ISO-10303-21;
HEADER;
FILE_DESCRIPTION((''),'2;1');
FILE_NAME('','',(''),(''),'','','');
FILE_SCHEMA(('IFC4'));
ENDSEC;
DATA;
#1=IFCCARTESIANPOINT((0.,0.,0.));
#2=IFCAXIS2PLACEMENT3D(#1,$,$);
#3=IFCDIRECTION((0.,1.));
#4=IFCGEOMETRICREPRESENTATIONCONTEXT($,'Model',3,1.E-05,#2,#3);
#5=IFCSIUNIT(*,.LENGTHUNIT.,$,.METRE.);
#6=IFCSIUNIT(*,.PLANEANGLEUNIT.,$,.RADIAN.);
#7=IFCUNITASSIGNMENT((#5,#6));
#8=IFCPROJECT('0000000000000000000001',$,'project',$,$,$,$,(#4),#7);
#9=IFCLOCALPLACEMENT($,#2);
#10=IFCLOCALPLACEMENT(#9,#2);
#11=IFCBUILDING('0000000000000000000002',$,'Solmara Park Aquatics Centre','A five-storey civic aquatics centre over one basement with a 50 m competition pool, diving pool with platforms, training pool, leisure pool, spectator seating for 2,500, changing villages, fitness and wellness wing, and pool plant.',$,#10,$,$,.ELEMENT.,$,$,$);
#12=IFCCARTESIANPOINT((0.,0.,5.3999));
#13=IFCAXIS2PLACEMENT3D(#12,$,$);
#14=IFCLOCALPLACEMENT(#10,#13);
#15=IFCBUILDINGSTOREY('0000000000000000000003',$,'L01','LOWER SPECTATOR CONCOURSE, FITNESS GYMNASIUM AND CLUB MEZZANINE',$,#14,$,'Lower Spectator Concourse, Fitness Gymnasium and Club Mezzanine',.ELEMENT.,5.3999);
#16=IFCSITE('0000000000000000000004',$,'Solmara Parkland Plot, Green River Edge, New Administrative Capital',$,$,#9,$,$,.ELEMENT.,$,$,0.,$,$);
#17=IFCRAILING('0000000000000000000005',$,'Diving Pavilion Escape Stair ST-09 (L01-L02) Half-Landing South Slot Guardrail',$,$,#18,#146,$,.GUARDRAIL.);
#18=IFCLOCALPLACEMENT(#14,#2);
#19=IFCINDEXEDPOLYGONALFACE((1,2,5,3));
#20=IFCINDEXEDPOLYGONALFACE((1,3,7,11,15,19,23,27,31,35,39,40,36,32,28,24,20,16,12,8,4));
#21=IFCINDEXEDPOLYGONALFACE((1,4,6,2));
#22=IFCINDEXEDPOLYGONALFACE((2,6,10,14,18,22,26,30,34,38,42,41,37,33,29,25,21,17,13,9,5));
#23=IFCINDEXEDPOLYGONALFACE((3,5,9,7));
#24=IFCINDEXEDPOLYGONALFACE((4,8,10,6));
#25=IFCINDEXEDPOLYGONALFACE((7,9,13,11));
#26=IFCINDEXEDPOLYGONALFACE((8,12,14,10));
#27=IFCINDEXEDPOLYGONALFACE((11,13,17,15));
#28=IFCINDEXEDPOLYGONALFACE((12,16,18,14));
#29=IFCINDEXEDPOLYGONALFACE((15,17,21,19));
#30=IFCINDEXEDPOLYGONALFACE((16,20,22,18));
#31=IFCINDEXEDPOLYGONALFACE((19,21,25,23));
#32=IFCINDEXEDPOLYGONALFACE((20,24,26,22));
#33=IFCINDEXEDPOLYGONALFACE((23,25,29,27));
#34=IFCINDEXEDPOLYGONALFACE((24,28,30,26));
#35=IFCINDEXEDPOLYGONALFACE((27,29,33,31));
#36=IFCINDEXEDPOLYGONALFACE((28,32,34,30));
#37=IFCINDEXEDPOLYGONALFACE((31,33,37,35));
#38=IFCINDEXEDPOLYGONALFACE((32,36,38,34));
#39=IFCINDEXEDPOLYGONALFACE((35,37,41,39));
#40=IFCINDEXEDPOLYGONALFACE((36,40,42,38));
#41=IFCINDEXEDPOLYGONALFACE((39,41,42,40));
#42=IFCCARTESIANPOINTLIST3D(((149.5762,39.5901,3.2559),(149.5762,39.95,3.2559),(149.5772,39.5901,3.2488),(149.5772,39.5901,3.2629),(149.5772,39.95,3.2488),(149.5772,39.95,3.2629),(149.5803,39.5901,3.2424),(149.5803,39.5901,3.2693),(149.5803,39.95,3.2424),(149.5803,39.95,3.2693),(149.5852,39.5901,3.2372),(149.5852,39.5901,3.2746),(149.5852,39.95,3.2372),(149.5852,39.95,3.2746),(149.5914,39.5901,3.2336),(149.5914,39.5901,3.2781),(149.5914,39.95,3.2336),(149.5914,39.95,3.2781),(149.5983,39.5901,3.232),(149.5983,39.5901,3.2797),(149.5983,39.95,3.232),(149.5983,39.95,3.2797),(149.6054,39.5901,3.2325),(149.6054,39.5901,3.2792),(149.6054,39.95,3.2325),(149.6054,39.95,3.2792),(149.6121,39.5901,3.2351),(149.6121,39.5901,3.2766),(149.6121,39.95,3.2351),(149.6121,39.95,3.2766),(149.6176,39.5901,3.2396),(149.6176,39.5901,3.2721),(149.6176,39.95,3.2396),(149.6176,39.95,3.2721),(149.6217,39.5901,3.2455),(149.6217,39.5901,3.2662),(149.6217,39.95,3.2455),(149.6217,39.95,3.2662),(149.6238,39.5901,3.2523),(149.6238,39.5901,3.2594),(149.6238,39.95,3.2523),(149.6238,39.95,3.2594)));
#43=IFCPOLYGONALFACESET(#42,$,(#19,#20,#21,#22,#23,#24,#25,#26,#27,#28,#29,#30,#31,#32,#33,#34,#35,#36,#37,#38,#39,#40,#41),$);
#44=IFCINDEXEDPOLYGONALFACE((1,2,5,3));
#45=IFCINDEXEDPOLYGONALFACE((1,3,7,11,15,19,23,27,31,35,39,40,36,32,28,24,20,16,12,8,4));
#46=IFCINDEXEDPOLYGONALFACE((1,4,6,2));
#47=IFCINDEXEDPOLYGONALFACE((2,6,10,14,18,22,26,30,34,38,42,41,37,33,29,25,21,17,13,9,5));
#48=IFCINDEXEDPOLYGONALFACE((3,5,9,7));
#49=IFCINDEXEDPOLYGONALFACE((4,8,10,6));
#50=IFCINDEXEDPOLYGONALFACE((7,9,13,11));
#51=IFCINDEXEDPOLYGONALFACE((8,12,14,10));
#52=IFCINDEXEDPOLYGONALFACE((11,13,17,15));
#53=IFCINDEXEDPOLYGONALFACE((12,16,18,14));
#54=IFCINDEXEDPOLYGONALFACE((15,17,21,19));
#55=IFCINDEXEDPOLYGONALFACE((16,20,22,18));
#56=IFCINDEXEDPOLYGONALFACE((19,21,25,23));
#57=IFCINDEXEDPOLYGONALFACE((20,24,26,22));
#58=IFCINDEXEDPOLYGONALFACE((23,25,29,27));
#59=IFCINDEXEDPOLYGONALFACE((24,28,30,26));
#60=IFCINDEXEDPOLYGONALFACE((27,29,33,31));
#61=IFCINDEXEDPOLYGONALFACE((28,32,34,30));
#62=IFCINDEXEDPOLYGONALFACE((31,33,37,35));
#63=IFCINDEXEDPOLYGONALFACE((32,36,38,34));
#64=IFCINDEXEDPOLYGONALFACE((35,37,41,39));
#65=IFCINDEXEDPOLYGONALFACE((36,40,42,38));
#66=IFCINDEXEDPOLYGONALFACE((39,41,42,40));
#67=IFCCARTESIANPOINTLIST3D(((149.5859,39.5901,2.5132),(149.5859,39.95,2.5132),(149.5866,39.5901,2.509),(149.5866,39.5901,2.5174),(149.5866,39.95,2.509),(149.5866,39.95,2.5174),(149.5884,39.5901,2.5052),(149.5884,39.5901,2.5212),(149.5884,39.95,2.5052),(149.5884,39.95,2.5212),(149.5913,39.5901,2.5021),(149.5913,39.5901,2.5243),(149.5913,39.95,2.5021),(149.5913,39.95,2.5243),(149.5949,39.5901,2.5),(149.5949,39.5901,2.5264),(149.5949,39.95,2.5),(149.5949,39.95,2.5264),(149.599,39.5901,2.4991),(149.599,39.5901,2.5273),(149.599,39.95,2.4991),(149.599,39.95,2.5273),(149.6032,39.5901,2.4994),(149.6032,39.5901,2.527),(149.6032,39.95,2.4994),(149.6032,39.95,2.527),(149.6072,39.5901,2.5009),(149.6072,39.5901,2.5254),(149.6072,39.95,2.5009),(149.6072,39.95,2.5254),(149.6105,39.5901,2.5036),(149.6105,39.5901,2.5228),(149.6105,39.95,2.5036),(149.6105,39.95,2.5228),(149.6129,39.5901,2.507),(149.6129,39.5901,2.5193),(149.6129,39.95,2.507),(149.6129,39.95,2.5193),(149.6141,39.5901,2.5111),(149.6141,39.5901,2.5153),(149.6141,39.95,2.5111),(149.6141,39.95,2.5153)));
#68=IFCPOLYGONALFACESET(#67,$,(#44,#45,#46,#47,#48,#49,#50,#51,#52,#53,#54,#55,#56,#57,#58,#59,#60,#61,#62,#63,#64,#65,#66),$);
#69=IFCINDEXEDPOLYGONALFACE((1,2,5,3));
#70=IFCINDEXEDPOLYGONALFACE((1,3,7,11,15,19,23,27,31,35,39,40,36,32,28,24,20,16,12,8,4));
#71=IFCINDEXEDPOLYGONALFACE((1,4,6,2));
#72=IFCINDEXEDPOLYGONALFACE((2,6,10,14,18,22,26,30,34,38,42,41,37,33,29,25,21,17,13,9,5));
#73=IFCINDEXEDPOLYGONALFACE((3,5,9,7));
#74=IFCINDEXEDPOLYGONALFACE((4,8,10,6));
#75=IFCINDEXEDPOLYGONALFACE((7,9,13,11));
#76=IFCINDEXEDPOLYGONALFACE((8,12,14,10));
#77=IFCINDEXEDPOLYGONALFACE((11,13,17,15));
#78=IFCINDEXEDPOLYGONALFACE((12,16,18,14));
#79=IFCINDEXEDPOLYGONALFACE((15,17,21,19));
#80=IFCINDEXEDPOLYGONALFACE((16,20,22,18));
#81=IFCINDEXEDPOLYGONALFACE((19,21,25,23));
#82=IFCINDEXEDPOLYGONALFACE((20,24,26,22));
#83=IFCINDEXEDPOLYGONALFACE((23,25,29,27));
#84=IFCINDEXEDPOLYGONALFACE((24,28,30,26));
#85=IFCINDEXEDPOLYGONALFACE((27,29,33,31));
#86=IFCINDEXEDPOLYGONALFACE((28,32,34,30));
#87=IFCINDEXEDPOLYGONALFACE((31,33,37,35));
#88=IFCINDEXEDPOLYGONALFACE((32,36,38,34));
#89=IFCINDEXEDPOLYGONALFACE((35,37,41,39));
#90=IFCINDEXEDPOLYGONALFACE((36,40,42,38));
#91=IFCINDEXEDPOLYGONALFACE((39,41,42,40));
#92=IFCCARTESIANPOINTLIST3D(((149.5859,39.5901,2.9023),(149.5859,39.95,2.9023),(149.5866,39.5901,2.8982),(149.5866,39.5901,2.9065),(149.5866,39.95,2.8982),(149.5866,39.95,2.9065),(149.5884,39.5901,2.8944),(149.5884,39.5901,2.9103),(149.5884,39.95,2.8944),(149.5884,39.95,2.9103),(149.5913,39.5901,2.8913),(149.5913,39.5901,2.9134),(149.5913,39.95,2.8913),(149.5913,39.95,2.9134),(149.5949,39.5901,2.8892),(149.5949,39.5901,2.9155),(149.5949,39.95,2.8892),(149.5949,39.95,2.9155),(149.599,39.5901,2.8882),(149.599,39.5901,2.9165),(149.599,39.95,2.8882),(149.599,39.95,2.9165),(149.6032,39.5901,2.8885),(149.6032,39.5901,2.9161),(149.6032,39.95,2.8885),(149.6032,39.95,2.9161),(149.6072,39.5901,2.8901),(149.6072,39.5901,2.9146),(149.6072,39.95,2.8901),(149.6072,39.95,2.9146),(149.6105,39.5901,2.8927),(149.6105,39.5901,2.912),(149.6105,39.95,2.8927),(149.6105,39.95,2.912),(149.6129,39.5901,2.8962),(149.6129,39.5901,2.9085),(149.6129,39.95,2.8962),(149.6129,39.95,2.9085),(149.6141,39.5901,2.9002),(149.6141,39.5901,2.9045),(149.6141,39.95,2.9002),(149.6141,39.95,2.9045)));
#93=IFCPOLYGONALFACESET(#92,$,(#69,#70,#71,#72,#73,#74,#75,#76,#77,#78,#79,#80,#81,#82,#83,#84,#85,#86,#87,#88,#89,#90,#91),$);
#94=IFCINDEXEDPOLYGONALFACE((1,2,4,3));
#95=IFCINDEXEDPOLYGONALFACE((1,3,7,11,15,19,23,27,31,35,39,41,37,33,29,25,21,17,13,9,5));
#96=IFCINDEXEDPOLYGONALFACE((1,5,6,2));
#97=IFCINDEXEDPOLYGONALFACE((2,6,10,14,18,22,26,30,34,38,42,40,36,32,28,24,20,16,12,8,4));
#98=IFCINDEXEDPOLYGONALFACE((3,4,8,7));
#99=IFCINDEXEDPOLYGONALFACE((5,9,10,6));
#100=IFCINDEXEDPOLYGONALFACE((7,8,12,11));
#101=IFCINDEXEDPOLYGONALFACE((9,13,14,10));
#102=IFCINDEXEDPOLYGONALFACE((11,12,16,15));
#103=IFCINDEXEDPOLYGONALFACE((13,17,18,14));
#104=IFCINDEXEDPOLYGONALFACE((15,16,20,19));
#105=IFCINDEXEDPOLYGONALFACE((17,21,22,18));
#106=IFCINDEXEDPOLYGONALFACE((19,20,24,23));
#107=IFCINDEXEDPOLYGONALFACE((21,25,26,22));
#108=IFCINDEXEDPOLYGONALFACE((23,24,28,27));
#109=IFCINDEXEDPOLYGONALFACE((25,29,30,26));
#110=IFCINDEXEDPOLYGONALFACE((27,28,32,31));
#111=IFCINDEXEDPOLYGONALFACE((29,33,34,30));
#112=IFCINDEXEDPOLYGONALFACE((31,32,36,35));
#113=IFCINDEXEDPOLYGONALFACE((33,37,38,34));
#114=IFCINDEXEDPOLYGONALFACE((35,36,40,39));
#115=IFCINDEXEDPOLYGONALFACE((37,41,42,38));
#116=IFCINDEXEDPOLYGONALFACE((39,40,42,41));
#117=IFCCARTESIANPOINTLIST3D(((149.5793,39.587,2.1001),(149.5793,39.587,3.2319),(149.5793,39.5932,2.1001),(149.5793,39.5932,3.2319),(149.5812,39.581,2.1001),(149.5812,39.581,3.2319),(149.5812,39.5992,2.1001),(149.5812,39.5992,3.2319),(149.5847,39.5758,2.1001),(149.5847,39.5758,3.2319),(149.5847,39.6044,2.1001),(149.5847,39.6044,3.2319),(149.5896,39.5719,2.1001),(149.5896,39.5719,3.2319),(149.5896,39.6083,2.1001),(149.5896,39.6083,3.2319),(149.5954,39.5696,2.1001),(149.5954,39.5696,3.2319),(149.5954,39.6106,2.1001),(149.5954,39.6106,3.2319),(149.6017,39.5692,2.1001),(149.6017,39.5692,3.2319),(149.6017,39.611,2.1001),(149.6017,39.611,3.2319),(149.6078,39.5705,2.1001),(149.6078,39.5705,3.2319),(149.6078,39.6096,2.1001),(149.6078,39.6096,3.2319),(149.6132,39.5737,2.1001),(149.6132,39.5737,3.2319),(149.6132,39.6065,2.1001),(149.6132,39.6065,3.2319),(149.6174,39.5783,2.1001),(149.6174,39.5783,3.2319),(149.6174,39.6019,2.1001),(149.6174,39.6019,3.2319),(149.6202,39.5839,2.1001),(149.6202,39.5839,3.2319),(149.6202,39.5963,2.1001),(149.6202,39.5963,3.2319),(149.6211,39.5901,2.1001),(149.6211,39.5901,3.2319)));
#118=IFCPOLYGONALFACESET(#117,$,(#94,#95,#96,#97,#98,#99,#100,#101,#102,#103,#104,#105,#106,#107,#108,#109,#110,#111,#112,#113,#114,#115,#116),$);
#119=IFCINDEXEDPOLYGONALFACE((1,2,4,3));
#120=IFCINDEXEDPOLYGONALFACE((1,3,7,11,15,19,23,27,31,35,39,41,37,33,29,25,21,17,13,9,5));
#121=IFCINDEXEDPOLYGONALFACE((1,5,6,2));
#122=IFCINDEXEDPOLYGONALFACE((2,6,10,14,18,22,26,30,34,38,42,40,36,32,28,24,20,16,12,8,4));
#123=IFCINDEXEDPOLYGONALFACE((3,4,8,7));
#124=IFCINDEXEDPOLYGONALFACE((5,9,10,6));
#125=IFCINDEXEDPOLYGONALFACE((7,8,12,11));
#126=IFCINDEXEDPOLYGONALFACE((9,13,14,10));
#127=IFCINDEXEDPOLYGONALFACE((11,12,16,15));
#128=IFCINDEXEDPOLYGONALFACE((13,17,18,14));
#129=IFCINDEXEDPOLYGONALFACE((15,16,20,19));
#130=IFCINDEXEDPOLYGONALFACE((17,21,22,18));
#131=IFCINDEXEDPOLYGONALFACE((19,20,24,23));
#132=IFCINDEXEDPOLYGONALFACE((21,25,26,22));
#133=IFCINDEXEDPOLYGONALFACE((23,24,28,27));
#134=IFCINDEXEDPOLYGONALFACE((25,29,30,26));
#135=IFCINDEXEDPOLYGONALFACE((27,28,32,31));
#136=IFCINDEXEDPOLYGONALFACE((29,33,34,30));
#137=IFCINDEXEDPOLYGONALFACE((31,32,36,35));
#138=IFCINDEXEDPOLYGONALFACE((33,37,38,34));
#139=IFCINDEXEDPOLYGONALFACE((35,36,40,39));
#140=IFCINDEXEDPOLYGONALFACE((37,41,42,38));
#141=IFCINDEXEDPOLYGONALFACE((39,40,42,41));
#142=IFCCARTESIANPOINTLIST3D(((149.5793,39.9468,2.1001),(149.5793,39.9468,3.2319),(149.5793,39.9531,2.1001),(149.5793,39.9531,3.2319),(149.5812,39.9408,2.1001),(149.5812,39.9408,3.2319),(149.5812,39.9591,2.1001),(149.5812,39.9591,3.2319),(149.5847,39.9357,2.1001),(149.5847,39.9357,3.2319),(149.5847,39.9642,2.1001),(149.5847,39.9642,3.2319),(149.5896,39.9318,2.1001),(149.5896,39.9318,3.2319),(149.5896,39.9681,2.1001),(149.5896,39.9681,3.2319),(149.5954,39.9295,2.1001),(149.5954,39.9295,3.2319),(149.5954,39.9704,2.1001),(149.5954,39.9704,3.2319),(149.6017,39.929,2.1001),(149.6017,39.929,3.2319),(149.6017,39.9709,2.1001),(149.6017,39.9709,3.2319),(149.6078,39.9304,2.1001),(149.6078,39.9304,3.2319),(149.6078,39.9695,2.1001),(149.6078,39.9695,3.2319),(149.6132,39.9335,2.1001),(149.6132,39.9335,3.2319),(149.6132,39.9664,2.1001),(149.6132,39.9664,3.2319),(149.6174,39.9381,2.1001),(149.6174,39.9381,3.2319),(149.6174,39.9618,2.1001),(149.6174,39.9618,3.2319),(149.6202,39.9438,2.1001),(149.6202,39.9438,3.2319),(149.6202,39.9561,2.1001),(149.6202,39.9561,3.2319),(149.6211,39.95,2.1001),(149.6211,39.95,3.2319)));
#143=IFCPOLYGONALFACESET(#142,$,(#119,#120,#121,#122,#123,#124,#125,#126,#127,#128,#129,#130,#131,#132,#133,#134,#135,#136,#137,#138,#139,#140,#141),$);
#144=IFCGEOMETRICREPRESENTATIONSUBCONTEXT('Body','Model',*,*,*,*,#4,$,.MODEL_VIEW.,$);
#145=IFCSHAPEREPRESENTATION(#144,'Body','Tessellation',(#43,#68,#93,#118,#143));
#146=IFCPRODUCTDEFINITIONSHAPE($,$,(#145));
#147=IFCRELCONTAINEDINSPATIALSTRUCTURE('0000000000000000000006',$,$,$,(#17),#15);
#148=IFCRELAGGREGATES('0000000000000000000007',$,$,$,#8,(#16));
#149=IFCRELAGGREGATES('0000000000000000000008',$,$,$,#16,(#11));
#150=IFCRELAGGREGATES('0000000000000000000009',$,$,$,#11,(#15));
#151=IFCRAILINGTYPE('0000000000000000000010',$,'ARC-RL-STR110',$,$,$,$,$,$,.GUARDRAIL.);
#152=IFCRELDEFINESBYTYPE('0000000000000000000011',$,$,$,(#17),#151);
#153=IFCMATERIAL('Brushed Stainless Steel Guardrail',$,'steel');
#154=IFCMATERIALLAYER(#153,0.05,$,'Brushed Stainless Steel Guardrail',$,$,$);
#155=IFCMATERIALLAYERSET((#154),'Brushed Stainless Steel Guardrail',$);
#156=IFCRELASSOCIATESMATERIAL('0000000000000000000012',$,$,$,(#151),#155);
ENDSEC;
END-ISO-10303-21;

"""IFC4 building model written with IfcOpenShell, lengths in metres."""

from ifc_helpers import new_model, si_unit, direction, frame, origin, origin_2d, place, context, subcontext, project, spatial, circle, extrude, material, layer, layer_set, type_object, element, save


model = new_model("IFC4")

# Units and contexts
model_context = context("Model", 3, precision=1e-05, world=origin(), true_north=direction((0.0, 1.0)))
body_context = subcontext(model_context, "Body", "Model", "MODEL_VIEW")
ifc_project = project(units=[si_unit("LENGTHUNIT", "METRE"), si_unit("PLANEANGLEUNIT", "RADIAN")], contexts=[model_context])

# Site, building, storey
site_placement = place(None, origin())
site = spatial("IfcSite", under=ifc_project, at=site_placement, Name="Solmara Parkland Plot, Green River Edge, New Administrative Capital", CompositionType="ELEMENT", RefElevation=0.0)
building_placement = place(site_placement, origin())
building = spatial("IfcBuilding", under=site, at=building_placement, Name="Solmara Park Aquatics Centre", Description="A five-storey civic aquatics centre over one basement with a 50 m competition pool, diving pool with platforms, training pool, leisure pool, spectator seating for 2,500, changing villages, fitness and wellness wing, and pool plant.", CompositionType="ELEMENT")
storey_placement = place(building_placement, frame((0.0, 0.0, 5.3999)))
storey = spatial("IfcBuildingStorey", under=building, at=storey_placement, Name="L01", Description="LOWER SPECTATOR CONCOURSE, FITNESS GYMNASIUM AND CLUB MEZZANINE", LongName="Lower Spectator Concourse, Fitness Gymnasium and Club Mezzanine", CompositionType="ELEMENT", Elevation=5.3999)

# Railing
ifc_material_1 = material(Name="Brushed Stainless Steel Guardrail", Category="steel")
ifc_layer_1 = layer(ifc_material_1, 0.05, Name="Brushed Stainless Steel Guardrail")
ifc_layer_set_1 = layer_set([ifc_layer_1], Name="Brushed Stainless Steel Guardrail")
railing_type_1 = type_object("IfcRailingType", Name="ARC-RL-STR110", PredefinedType="GUARDRAIL", material=ifc_layer_set_1)
railing_1_placement = place(storey_placement, frame((149.6001, 39.5901, 2.1001)))
element("IfcRailing", 1, at=railing_1_placement, inside=storey, type_object=railing_type_1, Name="Diving Pavilion Escape Stair ST-09 (L01-L02) Half-Landing South Slot Guardrail", PredefinedType="GUARDRAIL", context=body_context, shape_type="SweptSolid", body=[
    extrude(circle(Radius=0.0239, at=origin_2d()), frame((0.0, 0.0, 1.1558), z_axis=(0.0, 1.0, 0.0), x_axis=(-1.0, 0.0, 0.0)), (0.0, 0.0, 1.0), 0.3599),
    extrude(circle(Radius=0.0142, at=origin_2d()), frame((0.0, 0.0, 0.4131), z_axis=(0.0, 1.0, 0.0), x_axis=(-1.0, 0.0, 0.0)), (0.0, 0.0, 1.0), 0.3599),
    extrude(circle(Radius=0.0142, at=origin_2d()), frame((0.0, 0.0, 0.8022), z_axis=(0.0, 1.0, 0.0), x_axis=(-1.0, 0.0, 0.0)), (0.0, 0.0, 1.0), 0.3599),
    extrude(circle(Radius=0.021, at=origin_2d()), origin(), (0.0, 0.0, 1.0), 1.1318),
    extrude(circle(Radius=0.021, at=origin_2d()), frame((0.0, 0.3599, 0.0)), (0.0, 0.0, 1.0), 1.1318),
])

save(model, "model.ifc")
